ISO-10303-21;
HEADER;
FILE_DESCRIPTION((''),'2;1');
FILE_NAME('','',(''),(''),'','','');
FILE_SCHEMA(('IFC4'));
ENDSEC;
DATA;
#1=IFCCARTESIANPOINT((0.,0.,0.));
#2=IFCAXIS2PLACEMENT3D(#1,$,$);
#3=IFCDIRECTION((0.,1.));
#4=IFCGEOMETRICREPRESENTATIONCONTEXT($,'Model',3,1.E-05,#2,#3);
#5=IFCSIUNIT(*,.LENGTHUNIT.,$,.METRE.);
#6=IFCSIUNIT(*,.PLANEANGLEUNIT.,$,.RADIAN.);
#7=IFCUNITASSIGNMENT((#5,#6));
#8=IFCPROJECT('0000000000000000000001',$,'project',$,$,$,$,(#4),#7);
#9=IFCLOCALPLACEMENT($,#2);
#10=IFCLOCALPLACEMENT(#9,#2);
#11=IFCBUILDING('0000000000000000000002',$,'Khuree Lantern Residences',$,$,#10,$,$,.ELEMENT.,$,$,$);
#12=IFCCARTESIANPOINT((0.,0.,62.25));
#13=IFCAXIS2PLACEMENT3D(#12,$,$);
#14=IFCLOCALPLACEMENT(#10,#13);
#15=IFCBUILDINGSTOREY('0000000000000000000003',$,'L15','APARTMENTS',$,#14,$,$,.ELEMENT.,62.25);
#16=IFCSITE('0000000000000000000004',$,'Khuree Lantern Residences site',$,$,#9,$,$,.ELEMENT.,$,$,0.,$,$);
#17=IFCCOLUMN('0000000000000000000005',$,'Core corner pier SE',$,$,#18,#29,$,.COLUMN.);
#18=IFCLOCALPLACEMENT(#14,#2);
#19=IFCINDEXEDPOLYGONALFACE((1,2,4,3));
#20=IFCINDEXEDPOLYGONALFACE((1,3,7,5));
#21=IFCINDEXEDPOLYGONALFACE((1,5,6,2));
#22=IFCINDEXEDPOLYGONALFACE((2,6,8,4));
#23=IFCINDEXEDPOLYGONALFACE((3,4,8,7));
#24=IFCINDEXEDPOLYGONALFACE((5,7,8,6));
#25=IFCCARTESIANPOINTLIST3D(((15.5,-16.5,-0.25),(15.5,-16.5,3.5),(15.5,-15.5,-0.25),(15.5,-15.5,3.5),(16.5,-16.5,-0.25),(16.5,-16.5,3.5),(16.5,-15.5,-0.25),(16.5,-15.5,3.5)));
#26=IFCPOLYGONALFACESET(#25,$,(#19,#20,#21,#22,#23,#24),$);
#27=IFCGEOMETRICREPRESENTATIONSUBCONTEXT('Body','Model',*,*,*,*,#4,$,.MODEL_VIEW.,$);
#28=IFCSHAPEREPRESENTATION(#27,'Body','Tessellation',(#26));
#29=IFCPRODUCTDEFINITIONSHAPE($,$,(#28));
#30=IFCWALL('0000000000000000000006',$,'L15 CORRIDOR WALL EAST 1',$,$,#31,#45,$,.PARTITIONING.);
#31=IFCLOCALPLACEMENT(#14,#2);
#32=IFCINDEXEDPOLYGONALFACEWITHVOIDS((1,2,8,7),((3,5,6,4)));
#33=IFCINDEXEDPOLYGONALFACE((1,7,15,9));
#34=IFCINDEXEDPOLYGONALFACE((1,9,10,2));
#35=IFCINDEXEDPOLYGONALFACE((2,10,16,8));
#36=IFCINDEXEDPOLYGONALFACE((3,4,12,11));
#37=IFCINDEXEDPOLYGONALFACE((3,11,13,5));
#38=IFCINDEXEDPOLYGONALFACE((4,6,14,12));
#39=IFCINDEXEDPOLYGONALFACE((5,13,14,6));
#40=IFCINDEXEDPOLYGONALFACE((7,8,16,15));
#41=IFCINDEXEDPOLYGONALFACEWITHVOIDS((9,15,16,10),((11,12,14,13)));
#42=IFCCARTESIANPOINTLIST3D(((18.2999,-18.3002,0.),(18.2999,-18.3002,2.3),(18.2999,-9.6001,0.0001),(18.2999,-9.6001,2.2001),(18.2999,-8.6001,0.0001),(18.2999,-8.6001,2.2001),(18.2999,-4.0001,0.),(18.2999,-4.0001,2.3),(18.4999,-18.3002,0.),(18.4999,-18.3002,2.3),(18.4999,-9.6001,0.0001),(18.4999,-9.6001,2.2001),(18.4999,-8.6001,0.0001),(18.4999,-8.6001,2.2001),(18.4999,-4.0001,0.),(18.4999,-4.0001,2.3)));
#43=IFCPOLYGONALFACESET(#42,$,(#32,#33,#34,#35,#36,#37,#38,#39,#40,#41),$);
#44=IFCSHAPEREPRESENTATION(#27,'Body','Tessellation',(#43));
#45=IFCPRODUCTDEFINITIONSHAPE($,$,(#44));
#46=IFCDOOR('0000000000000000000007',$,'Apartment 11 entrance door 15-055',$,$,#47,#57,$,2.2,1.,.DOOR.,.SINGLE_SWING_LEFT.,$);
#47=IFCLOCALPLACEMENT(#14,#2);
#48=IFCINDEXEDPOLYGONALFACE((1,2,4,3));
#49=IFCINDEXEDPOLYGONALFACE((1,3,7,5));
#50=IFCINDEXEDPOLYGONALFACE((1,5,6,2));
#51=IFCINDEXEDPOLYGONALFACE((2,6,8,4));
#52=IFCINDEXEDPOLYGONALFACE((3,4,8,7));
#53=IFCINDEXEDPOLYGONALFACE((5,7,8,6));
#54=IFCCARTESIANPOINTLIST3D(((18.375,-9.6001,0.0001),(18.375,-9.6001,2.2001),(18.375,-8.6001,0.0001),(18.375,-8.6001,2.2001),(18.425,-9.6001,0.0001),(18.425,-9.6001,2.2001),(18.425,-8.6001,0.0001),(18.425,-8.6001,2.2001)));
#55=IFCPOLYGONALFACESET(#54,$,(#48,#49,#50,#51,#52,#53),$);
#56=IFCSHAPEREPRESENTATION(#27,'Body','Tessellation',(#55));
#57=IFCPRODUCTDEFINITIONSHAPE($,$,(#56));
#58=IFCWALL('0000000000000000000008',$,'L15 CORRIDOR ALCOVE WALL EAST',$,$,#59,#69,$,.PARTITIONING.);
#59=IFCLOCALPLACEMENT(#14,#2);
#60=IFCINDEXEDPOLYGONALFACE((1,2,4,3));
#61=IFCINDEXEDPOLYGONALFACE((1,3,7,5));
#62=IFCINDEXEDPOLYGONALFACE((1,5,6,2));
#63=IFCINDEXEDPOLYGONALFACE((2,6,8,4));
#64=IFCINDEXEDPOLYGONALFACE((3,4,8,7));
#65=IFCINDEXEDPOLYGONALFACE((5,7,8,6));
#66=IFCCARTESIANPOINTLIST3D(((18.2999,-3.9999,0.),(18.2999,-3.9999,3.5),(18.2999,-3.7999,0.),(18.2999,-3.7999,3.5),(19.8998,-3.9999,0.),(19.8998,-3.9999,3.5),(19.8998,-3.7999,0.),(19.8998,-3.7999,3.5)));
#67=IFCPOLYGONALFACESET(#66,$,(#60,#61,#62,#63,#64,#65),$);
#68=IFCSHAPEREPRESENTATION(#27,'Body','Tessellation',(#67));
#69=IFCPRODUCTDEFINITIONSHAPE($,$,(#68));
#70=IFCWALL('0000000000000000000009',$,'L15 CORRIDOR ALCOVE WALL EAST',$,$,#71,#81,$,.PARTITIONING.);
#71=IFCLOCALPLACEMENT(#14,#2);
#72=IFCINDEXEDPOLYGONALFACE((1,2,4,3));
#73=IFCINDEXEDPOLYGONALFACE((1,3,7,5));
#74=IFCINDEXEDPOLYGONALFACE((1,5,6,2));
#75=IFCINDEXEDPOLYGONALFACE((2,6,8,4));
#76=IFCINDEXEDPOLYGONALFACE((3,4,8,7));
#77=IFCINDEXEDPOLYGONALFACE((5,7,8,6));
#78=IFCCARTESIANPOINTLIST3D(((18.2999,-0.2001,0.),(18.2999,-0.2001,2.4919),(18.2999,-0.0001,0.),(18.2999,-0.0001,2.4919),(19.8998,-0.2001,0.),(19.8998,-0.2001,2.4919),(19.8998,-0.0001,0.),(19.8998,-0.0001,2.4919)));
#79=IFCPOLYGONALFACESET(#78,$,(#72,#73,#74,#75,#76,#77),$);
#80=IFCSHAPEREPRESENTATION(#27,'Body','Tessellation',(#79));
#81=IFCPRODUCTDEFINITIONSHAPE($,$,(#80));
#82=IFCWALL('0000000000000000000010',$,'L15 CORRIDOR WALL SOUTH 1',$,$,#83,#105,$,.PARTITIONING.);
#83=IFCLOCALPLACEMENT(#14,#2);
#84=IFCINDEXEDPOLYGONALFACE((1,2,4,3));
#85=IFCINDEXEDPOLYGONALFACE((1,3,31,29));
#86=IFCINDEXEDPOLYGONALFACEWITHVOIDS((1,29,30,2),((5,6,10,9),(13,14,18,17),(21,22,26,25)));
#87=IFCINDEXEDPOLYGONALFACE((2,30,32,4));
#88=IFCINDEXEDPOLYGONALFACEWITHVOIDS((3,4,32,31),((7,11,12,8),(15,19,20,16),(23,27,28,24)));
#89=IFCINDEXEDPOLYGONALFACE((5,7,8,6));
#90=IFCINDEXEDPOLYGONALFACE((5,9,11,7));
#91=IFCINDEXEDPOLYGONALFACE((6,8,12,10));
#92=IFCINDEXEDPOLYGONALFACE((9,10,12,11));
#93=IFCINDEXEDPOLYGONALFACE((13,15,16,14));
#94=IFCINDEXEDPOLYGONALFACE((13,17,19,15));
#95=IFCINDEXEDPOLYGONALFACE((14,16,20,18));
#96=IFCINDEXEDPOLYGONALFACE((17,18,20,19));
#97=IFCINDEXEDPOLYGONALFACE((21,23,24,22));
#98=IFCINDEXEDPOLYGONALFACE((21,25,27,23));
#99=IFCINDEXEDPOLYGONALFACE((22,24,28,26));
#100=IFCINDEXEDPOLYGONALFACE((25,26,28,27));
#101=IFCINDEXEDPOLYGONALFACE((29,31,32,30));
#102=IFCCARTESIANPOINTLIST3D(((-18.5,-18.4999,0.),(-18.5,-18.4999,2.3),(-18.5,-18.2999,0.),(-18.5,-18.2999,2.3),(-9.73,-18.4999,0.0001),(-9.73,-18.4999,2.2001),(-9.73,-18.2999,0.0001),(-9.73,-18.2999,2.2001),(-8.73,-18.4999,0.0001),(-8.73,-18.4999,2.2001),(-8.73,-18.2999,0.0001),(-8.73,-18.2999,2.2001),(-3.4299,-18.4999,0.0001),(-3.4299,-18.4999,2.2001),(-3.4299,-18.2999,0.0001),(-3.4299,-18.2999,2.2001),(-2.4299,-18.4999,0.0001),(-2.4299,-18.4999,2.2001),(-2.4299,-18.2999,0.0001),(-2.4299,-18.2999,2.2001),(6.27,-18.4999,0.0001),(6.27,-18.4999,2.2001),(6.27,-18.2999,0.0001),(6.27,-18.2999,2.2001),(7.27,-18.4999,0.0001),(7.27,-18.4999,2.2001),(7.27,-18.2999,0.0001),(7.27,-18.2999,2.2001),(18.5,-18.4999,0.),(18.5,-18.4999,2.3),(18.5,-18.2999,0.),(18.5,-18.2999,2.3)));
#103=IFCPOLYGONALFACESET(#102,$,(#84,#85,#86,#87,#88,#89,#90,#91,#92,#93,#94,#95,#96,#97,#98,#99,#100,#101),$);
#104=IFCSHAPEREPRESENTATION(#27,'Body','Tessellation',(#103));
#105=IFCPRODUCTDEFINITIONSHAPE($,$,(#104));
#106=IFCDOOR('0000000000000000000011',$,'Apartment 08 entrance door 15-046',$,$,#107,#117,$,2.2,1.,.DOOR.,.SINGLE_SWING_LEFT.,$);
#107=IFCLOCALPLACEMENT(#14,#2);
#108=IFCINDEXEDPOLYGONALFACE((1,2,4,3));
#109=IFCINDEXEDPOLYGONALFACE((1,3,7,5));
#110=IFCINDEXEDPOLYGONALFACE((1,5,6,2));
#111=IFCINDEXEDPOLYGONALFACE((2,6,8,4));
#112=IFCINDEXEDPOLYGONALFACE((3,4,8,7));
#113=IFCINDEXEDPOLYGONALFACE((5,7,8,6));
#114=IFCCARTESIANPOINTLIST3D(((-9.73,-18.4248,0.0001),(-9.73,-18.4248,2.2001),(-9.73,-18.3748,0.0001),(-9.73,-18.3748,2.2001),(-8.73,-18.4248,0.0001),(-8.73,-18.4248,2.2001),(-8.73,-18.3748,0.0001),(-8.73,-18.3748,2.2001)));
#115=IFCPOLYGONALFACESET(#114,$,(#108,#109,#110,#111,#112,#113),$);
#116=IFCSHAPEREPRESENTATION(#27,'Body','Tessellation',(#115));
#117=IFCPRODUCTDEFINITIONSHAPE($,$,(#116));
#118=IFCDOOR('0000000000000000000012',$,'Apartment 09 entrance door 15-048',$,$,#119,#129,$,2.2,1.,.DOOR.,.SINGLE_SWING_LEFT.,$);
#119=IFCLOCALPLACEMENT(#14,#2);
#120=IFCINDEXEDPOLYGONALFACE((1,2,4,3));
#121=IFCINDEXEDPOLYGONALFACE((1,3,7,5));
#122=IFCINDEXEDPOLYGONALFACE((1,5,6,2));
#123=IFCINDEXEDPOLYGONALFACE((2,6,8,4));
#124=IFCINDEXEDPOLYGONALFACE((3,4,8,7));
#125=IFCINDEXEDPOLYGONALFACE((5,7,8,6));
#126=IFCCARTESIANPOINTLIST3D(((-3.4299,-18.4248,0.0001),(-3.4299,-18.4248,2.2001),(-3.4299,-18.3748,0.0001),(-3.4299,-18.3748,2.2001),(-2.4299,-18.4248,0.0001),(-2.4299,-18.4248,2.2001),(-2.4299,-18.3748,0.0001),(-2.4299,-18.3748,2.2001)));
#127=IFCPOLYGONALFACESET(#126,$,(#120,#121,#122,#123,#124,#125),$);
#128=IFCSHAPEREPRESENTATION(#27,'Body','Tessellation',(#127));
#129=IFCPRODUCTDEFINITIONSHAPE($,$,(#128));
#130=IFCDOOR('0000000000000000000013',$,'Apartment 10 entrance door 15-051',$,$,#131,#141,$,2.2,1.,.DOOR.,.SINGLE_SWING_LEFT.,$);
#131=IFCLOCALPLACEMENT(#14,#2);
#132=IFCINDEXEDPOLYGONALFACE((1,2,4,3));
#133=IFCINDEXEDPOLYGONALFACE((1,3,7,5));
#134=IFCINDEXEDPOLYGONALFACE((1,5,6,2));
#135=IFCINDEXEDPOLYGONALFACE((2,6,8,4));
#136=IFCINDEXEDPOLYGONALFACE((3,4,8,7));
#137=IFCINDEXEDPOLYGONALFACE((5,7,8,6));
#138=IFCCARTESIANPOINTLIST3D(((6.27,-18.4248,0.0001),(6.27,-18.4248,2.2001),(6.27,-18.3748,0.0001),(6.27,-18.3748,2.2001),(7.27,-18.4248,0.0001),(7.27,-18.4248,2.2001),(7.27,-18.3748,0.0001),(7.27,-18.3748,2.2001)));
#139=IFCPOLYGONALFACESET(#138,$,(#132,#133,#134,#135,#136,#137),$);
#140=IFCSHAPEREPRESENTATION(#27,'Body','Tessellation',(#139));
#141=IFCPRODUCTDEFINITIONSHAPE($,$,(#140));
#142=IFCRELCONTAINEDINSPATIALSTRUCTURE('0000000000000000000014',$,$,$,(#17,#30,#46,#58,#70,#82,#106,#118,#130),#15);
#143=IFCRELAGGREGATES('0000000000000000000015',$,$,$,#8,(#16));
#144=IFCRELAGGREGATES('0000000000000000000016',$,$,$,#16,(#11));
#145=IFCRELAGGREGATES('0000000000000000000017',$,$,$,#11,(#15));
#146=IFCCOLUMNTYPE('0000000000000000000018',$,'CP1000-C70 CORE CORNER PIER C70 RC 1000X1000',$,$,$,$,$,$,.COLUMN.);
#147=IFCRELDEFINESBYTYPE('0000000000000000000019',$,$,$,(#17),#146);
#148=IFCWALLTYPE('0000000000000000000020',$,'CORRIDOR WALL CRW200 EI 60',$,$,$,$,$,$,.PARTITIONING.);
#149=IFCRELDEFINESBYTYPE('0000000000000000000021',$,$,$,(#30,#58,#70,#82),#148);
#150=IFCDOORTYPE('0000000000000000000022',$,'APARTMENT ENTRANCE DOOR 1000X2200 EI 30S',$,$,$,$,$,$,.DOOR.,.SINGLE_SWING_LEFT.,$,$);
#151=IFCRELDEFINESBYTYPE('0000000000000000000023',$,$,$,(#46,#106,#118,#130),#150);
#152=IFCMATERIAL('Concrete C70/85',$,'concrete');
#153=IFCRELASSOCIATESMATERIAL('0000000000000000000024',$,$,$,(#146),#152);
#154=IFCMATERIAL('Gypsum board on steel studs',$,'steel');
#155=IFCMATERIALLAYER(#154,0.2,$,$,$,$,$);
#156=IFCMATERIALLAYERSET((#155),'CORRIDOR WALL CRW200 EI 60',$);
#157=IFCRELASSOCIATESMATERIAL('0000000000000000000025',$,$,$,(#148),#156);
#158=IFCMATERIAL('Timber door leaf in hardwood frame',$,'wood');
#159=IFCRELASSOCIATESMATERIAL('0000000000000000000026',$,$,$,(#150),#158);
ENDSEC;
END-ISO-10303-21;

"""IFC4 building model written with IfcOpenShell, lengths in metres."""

from ifc_helpers import new_model, si_unit, direction, frame, frame_2d, origin, origin_2d, place, context, subcontext, project, spatial, rectangle, extrude, material, layer, layer_set, material_profile, profile_set, type_object, element, fill, save


model = new_model("IFC4")

# Units and contexts
model_context = context("Model", 3, precision=1e-05, world=origin(), true_north=direction((0.0, 1.0)))
body_context = subcontext(model_context, "Body", "Model", "MODEL_VIEW")
ifc_project = project(units=[si_unit("LENGTHUNIT", "METRE"), si_unit("PLANEANGLEUNIT", "RADIAN")], contexts=[model_context])

# Site, building, storey
site_placement = place(None, origin())
site = spatial("IfcSite", under=ifc_project, at=site_placement, Name="Khuree Lantern Residences site", CompositionType="ELEMENT", RefElevation=0.0)
building_placement = place(site_placement, origin())
building = spatial("IfcBuilding", under=site, at=building_placement, Name="Khuree Lantern Residences", CompositionType="ELEMENT")
storey_placement = place(building_placement, frame((0.0, 0.0, 62.25)))
storey = spatial("IfcBuildingStorey", under=building, at=storey_placement, Name="L15", Description="APARTMENTS", CompositionType="ELEMENT", Elevation=62.25)

# Column
ifc_material_1 = material(Name="Concrete C70/85", Category="concrete")
ifc_material_profile = material_profile(ifc_material_1, rectangle(XDim=1.0, YDim=1.0, at=origin_2d()), Name="RC 1000X1000")
ifc_profile_set = profile_set([ifc_material_profile], Name="Concrete C70/85")
column_type = type_object("IfcColumnType", Name="CP1000-C70 CORE CORNER PIER C70 RC 1000X1000", PredefinedType="COLUMN", material=ifc_profile_set)
column_placement = place(storey_placement, frame((16.0, -16.0, -0.25), z_axis=(0.0, 0.0, 1.0), x_axis=(1.0, 0.0, 0.0)))
element("IfcColumn", 1, at=column_placement, inside=storey, type_object=column_type, Name="Core corner pier SE", PredefinedType="COLUMN", context=body_context, shape_type="SweptSolid", body=[
    extrude(rectangle(XDim=1.0, YDim=1.0, at=origin_2d()), origin(), (0.0, 0.0, 1.0), 3.75),
])

# Wall, opening, door
ifc_material_2 = material(Name="Gypsum board on steel studs", Category="steel")
ifc_layer_1 = layer(ifc_material_2, 0.2)
ifc_layer_set_1 = layer_set([ifc_layer_1], Name="CORRIDOR WALL CRW200 EI 60")
wall_type_1 = type_object("IfcWallType", Name="CORRIDOR WALL CRW200 EI 60", PredefinedType="PARTITIONING", material=ifc_layer_set_1)
wall_1_placement = place(storey_placement, frame((18.3999, -18.3, 0.0), z_axis=(0.0, 0.0, 1.0), x_axis=(0.0, 1.0, 0.0)))
wall_1 = element("IfcWall", 2, at=wall_1_placement, inside=storey, type_object=wall_type_1, Name="L15 CORRIDOR WALL EAST 1", PredefinedType="PARTITIONING", context=body_context, shape_type="SweptSolid", body=[
    extrude(rectangle(XDim=14.3, YDim=0.2, at=frame_2d((7.1499, 0.0))), origin(), (0.0, 0.0, 1.0), 2.3),
])
opening_1_placement = place(wall_1_placement, frame((8.7, 0.0, 0.0)))
opening_1 = element("IfcOpeningElement", 3, at=opening_1_placement, cuts=wall_1, PredefinedType="OPENING", context=body_context, shape_type="SweptSolid", body=[
    extrude(rectangle(XDim=1.0, YDim=2.2, at=frame_2d((0.5, 1.1001))), frame((0.0, 0.1099, 0.0), z_axis=(0.0, -1.0, 0.0), x_axis=(1.0, 0.0, 0.0)), (0.0, 0.0, 1.0), 0.22),
])
ifc_material_3 = material(Name="Timber door leaf in hardwood frame", Category="wood")
door_type_1 = type_object("IfcDoorType", Name="APARTMENT ENTRANCE DOOR 1000X2200 EI 30S", OperationType="SINGLE_SWING_LEFT", PredefinedType="DOOR", material=ifc_material_3)
door_1_placement = place(opening_1_placement, origin())
door_1 = element("IfcDoor", 4, at=door_1_placement, inside=storey, type_object=door_type_1, Name="Apartment 11 entrance door 15-055", OperationType="SINGLE_SWING_LEFT", OverallHeight=2.2, OverallWidth=1.0, PredefinedType="DOOR", context=body_context, shape_type="SweptSolid", body=[
    extrude(rectangle(XDim=1.0, YDim=2.2, at=frame_2d((0.5, 1.1001))), frame((0.0, 0.0249, 0.0), z_axis=(0.0, -1.0, 0.0), x_axis=(1.0, 0.0, 0.0)), (0.0, 0.0, 1.0), 0.05),
])
fill(opening_1, door_1)

# Walls
wall_2_placement = place(storey_placement, frame((18.3, -3.8999, 0.0), z_axis=(0.0, 0.0, 1.0), x_axis=(1.0, 0.0, 0.0)))
element("IfcWall", 5, at=wall_2_placement, inside=storey, type_object=wall_type_1, Name="L15 CORRIDOR ALCOVE WALL EAST", PredefinedType="PARTITIONING", context=body_context, shape_type="SweptSolid", body=[
    extrude(rectangle(XDim=1.5999, YDim=0.2, at=frame_2d((0.7998, 0.0))), origin(), (0.0, 0.0, 1.0), 3.5),
])
wall_3_placement = place(storey_placement, frame((18.3, -0.1001, 0.0), z_axis=(0.0, 0.0, 1.0), x_axis=(1.0, 0.0, 0.0)))
element("IfcWall", 6, at=wall_3_placement, inside=storey, type_object=wall_type_1, Name="L15 CORRIDOR ALCOVE WALL EAST", PredefinedType="PARTITIONING", context=body_context, shape_type="SweptSolid", body=[
    extrude(rectangle(XDim=1.5999, YDim=0.2, at=frame_2d((0.7998, 0.0))), origin(), (0.0, 0.0, 1.0), 2.4919),
])

# Wall, openings, doors
wall_4_placement = place(storey_placement, frame((18.5, -18.3999, 0.0), z_axis=(0.0, 0.0, 1.0), x_axis=(-1.0, 0.0, 0.0)))
wall_4 = element("IfcWall", 7, at=wall_4_placement, inside=storey, type_object=wall_type_1, Name="L15 CORRIDOR WALL SOUTH 1", PredefinedType="PARTITIONING", context=body_context, shape_type="SweptSolid", body=[
    extrude(rectangle(XDim=37.0, YDim=0.2, at=frame_2d((18.5, 0.0))), origin(), (0.0, 0.0, 1.0), 2.3),
])
opening_2_placement = place(wall_4_placement, frame((27.23, 0.0, 0.0)))
opening_2 = element("IfcOpeningElement", 8, at=opening_2_placement, cuts=wall_4, PredefinedType="OPENING", context=body_context, shape_type="SweptSolid", body=[
    extrude(rectangle(XDim=1.0, YDim=2.2, at=frame_2d((0.5, 1.1001))), frame((0.0, 0.1099, 0.0), z_axis=(0.0, -1.0, 0.0), x_axis=(1.0, 0.0, 0.0)), (0.0, 0.0, 1.0), 0.22),
])
opening_3_placement = place(wall_4_placement, frame((20.9299, 0.0, 0.0)))
opening_3 = element("IfcOpeningElement", 9, at=opening_3_placement, cuts=wall_4, PredefinedType="OPENING", context=body_context, shape_type="SweptSolid", body=[
    extrude(rectangle(XDim=1.0, YDim=2.2, at=frame_2d((0.5, 1.1001))), frame((0.0, 0.1099, 0.0), z_axis=(0.0, -1.0, 0.0), x_axis=(1.0, 0.0, 0.0)), (0.0, 0.0, 1.0), 0.22),
])
opening_4_placement = place(wall_4_placement, frame((11.23, 0.0, 0.0)))
opening_4 = element("IfcOpeningElement", 10, at=opening_4_placement, cuts=wall_4, PredefinedType="OPENING", context=body_context, shape_type="SweptSolid", body=[
    extrude(rectangle(XDim=1.0, YDim=2.2, at=frame_2d((0.5, 1.1001))), frame((0.0, 0.1099, 0.0), z_axis=(0.0, -1.0, 0.0), x_axis=(1.0, 0.0, 0.0)), (0.0, 0.0, 1.0), 0.22),
])
door_2_placement = place(opening_2_placement, origin())
door_2 = element("IfcDoor", 11, at=door_2_placement, inside=storey, type_object=door_type_1, Name="Apartment 08 entrance door 15-046", OperationType="SINGLE_SWING_LEFT", OverallHeight=2.2, OverallWidth=1.0, PredefinedType="DOOR", context=body_context, shape_type="SweptSolid", body=[
    extrude(rectangle(XDim=1.0, YDim=2.2, at=frame_2d((0.5, 1.1001))), frame((0.0, 0.0249, 0.0), z_axis=(0.0, -1.0, 0.0), x_axis=(1.0, 0.0, 0.0)), (0.0, 0.0, 1.0), 0.05),
])
fill(opening_2, door_2)
door_3_placement = place(opening_3_placement, origin())
door_3 = element("IfcDoor", 12, at=door_3_placement, inside=storey, type_object=door_type_1, Name="Apartment 09 entrance door 15-048", OperationType="SINGLE_SWING_LEFT", OverallHeight=2.2, OverallWidth=1.0, PredefinedType="DOOR", context=body_context, shape_type="SweptSolid", body=[
    extrude(rectangle(XDim=1.0, YDim=2.2, at=frame_2d((0.5, 1.1001))), frame((0.0, 0.0249, 0.0), z_axis=(0.0, -1.0, 0.0), x_axis=(1.0, 0.0, 0.0)), (0.0, 0.0, 1.0), 0.05),
])
fill(opening_3, door_3)
door_4_placement = place(opening_4_placement, origin())
door_4 = element("IfcDoor", 13, at=door_4_placement, inside=storey, type_object=door_type_1, Name="Apartment 10 entrance door 15-051", OperationType="SINGLE_SWING_LEFT", OverallHeight=2.2, OverallWidth=1.0, PredefinedType="DOOR", context=body_context, shape_type="SweptSolid", body=[
    extrude(rectangle(XDim=1.0, YDim=2.2, at=frame_2d((0.5, 1.1001))), frame((0.0, 0.0249, 0.0), z_axis=(0.0, -1.0, 0.0), x_axis=(1.0, 0.0, 0.0)), (0.0, 0.0, 1.0), 0.05),
])
fill(opening_4, door_4)

save(model, "model.ifc")
